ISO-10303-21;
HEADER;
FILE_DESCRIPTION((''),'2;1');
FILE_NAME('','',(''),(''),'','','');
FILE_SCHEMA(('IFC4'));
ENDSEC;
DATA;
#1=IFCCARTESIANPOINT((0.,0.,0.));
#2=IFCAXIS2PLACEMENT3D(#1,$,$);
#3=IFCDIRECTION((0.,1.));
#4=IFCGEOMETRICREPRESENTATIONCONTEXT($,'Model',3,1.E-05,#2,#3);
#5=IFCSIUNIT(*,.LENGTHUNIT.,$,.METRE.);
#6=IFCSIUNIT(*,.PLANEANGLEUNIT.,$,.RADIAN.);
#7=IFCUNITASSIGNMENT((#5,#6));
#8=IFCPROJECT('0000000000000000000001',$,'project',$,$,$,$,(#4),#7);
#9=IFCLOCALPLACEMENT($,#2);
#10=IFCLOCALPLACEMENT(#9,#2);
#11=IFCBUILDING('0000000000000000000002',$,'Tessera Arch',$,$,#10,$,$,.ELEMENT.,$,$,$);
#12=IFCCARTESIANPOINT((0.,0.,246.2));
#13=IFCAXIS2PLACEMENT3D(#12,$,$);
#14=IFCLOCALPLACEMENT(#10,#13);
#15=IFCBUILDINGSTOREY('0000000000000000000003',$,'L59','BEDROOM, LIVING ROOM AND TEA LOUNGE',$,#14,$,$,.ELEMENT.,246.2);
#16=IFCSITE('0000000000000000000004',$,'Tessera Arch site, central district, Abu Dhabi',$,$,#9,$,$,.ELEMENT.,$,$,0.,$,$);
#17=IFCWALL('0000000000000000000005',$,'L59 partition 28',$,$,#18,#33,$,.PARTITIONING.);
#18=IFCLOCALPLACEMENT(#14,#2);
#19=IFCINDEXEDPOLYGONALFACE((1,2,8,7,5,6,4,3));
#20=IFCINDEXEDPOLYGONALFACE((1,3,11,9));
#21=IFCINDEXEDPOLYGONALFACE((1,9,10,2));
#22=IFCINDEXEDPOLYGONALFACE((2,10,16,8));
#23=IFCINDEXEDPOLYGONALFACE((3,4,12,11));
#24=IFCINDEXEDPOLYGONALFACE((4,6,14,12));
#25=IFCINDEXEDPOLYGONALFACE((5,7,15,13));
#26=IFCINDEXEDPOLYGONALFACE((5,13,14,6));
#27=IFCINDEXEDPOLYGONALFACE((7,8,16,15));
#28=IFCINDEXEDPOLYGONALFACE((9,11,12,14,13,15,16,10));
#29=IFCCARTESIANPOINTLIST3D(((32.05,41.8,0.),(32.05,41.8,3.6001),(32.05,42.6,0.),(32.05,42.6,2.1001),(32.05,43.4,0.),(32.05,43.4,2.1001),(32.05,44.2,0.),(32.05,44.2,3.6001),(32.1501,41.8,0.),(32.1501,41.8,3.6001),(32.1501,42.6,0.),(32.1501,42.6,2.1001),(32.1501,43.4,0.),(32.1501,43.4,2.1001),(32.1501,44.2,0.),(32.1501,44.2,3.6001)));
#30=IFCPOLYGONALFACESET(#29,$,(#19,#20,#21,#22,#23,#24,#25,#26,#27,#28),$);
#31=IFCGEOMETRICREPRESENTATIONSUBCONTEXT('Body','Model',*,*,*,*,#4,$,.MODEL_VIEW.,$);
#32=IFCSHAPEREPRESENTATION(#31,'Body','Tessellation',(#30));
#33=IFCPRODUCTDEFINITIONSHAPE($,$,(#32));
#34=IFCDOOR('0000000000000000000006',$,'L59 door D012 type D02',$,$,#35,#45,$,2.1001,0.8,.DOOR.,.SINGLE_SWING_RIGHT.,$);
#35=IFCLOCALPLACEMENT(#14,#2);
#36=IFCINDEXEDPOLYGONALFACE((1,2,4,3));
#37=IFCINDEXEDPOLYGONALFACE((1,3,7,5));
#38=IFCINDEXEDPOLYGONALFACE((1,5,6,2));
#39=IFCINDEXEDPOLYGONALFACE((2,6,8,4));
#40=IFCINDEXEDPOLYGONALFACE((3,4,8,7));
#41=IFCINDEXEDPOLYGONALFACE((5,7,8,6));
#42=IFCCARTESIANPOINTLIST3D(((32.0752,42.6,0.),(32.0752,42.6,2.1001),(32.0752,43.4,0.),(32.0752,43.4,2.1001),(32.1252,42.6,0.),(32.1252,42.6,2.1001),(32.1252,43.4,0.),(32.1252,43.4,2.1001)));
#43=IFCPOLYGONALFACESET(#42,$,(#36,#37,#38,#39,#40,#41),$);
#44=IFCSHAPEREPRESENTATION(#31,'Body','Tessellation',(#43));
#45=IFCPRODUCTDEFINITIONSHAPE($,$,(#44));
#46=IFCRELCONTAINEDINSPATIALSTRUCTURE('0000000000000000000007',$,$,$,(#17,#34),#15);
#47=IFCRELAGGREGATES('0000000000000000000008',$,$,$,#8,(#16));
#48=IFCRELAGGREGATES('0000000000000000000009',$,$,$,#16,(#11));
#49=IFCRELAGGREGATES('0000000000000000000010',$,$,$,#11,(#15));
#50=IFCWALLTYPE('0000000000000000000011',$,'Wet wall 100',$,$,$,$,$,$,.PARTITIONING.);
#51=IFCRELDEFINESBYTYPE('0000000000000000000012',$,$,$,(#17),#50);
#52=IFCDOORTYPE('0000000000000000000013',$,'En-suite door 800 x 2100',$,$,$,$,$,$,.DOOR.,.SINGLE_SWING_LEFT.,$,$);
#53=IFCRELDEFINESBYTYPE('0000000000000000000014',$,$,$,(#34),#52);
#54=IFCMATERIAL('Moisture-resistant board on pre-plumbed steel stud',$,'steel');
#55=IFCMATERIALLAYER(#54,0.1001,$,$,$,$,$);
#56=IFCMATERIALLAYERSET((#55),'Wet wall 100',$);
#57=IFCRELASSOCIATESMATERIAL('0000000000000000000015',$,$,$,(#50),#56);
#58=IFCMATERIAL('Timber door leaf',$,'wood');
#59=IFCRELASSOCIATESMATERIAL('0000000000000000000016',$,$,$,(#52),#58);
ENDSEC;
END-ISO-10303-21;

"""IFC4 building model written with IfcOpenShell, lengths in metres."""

from ifc_helpers import new_model, si_unit, direction, frame, frame_2d, origin, place, context, subcontext, project, spatial, rectangle, extrude, material, layer, layer_set, type_object, element, fill, save


model = new_model("IFC4")

# Units and contexts
model_context = context("Model", 3, precision=1e-05, world=origin(), true_north=direction((0.0, 1.0)))
body_context = subcontext(model_context, "Body", "Model", "MODEL_VIEW")
ifc_project = project(units=[si_unit("LENGTHUNIT", "METRE"), si_unit("PLANEANGLEUNIT", "RADIAN")], contexts=[model_context])

# Site, building, storey
site_placement = place(None, origin())
site = spatial("IfcSite", under=ifc_project, at=site_placement, Name="Tessera Arch site, central district, Abu Dhabi", CompositionType="ELEMENT", RefElevation=0.0)
building_placement = place(site_placement, origin())
building = spatial("IfcBuilding", under=site, at=building_placement, Name="Tessera Arch", CompositionType="ELEMENT")
storey_placement = place(building_placement, frame((0.0, 0.0, 246.2)))
storey = spatial("IfcBuildingStorey", under=building, at=storey_placement, Name="L59", Description="BEDROOM, LIVING ROOM AND TEA LOUNGE", CompositionType="ELEMENT", Elevation=246.2)

# Wall, opening, door
ifc_material_1 = material(Name="Moisture-resistant board on pre-plumbed steel stud", Category="steel")
ifc_layer_1 = layer(ifc_material_1, 0.1001)
ifc_layer_set_1 = layer_set([ifc_layer_1], Name="Wet wall 100")
wall_type_1 = type_object("IfcWallType", Name="Wet wall 100", PredefinedType="PARTITIONING", material=ifc_layer_set_1)
ifc_material_2 = material(Name="Timber door leaf", Category="wood")
door_type_1 = type_object("IfcDoorType", Name="En-suite door 800 x 2100", OperationType="SINGLE_SWING_LEFT", PredefinedType="DOOR", material=ifc_material_2)
wall_1_placement = place(storey_placement, frame((32.1001, 41.8, 0.0), z_axis=(0.0, 0.0, 1.0), x_axis=(0.0, 1.0, 0.0)))
wall_1 = element("IfcWall", 1, at=wall_1_placement, inside=storey, type_object=wall_type_1, Name="L59 partition 28", PredefinedType="PARTITIONING", context=body_context, shape_type="SweptSolid", body=[
    extrude(rectangle(XDim=2.3999, YDim=0.1001, at=frame_2d((1.2, 0.0))), origin(), (0.0, 0.0, 1.0), 3.6001),
])
opening_1_placement = place(wall_1_placement, frame((0.8, 0.0, 0.0)))
opening_1 = element("IfcOpeningElement", 2, at=opening_1_placement, cuts=wall_1, PredefinedType="OPENING", context=body_context, shape_type="SweptSolid", body=[
    extrude(rectangle(XDim=0.8, YDim=2.1001, at=frame_2d((0.3999, 1.05))), frame((0.0, 0.0601, 0.0), z_axis=(0.0, -1.0, 0.0), x_axis=(1.0, 0.0, 0.0)), (0.0, 0.0, 1.0), 0.1201),
])
door_1_placement = place(opening_1_placement, origin())
door_1 = element("IfcDoor", 3, at=door_1_placement, inside=storey, type_object=door_type_1, Name="L59 door D012 type D02", OperationType="SINGLE_SWING_RIGHT", OverallHeight=2.1001, OverallWidth=0.8, PredefinedType="DOOR", context=body_context, shape_type="SweptSolid", body=[
    extrude(rectangle(XDim=0.8, YDim=2.1001, at=frame_2d((0.3999, 1.05))), frame((0.0, 0.0249, 0.0), z_axis=(0.0, -1.0, 0.0), x_axis=(1.0, 0.0, 0.0)), (0.0, 0.0, 1.0), 0.05),
])
fill(opening_1, door_1)

save(model, "model.ifc")
